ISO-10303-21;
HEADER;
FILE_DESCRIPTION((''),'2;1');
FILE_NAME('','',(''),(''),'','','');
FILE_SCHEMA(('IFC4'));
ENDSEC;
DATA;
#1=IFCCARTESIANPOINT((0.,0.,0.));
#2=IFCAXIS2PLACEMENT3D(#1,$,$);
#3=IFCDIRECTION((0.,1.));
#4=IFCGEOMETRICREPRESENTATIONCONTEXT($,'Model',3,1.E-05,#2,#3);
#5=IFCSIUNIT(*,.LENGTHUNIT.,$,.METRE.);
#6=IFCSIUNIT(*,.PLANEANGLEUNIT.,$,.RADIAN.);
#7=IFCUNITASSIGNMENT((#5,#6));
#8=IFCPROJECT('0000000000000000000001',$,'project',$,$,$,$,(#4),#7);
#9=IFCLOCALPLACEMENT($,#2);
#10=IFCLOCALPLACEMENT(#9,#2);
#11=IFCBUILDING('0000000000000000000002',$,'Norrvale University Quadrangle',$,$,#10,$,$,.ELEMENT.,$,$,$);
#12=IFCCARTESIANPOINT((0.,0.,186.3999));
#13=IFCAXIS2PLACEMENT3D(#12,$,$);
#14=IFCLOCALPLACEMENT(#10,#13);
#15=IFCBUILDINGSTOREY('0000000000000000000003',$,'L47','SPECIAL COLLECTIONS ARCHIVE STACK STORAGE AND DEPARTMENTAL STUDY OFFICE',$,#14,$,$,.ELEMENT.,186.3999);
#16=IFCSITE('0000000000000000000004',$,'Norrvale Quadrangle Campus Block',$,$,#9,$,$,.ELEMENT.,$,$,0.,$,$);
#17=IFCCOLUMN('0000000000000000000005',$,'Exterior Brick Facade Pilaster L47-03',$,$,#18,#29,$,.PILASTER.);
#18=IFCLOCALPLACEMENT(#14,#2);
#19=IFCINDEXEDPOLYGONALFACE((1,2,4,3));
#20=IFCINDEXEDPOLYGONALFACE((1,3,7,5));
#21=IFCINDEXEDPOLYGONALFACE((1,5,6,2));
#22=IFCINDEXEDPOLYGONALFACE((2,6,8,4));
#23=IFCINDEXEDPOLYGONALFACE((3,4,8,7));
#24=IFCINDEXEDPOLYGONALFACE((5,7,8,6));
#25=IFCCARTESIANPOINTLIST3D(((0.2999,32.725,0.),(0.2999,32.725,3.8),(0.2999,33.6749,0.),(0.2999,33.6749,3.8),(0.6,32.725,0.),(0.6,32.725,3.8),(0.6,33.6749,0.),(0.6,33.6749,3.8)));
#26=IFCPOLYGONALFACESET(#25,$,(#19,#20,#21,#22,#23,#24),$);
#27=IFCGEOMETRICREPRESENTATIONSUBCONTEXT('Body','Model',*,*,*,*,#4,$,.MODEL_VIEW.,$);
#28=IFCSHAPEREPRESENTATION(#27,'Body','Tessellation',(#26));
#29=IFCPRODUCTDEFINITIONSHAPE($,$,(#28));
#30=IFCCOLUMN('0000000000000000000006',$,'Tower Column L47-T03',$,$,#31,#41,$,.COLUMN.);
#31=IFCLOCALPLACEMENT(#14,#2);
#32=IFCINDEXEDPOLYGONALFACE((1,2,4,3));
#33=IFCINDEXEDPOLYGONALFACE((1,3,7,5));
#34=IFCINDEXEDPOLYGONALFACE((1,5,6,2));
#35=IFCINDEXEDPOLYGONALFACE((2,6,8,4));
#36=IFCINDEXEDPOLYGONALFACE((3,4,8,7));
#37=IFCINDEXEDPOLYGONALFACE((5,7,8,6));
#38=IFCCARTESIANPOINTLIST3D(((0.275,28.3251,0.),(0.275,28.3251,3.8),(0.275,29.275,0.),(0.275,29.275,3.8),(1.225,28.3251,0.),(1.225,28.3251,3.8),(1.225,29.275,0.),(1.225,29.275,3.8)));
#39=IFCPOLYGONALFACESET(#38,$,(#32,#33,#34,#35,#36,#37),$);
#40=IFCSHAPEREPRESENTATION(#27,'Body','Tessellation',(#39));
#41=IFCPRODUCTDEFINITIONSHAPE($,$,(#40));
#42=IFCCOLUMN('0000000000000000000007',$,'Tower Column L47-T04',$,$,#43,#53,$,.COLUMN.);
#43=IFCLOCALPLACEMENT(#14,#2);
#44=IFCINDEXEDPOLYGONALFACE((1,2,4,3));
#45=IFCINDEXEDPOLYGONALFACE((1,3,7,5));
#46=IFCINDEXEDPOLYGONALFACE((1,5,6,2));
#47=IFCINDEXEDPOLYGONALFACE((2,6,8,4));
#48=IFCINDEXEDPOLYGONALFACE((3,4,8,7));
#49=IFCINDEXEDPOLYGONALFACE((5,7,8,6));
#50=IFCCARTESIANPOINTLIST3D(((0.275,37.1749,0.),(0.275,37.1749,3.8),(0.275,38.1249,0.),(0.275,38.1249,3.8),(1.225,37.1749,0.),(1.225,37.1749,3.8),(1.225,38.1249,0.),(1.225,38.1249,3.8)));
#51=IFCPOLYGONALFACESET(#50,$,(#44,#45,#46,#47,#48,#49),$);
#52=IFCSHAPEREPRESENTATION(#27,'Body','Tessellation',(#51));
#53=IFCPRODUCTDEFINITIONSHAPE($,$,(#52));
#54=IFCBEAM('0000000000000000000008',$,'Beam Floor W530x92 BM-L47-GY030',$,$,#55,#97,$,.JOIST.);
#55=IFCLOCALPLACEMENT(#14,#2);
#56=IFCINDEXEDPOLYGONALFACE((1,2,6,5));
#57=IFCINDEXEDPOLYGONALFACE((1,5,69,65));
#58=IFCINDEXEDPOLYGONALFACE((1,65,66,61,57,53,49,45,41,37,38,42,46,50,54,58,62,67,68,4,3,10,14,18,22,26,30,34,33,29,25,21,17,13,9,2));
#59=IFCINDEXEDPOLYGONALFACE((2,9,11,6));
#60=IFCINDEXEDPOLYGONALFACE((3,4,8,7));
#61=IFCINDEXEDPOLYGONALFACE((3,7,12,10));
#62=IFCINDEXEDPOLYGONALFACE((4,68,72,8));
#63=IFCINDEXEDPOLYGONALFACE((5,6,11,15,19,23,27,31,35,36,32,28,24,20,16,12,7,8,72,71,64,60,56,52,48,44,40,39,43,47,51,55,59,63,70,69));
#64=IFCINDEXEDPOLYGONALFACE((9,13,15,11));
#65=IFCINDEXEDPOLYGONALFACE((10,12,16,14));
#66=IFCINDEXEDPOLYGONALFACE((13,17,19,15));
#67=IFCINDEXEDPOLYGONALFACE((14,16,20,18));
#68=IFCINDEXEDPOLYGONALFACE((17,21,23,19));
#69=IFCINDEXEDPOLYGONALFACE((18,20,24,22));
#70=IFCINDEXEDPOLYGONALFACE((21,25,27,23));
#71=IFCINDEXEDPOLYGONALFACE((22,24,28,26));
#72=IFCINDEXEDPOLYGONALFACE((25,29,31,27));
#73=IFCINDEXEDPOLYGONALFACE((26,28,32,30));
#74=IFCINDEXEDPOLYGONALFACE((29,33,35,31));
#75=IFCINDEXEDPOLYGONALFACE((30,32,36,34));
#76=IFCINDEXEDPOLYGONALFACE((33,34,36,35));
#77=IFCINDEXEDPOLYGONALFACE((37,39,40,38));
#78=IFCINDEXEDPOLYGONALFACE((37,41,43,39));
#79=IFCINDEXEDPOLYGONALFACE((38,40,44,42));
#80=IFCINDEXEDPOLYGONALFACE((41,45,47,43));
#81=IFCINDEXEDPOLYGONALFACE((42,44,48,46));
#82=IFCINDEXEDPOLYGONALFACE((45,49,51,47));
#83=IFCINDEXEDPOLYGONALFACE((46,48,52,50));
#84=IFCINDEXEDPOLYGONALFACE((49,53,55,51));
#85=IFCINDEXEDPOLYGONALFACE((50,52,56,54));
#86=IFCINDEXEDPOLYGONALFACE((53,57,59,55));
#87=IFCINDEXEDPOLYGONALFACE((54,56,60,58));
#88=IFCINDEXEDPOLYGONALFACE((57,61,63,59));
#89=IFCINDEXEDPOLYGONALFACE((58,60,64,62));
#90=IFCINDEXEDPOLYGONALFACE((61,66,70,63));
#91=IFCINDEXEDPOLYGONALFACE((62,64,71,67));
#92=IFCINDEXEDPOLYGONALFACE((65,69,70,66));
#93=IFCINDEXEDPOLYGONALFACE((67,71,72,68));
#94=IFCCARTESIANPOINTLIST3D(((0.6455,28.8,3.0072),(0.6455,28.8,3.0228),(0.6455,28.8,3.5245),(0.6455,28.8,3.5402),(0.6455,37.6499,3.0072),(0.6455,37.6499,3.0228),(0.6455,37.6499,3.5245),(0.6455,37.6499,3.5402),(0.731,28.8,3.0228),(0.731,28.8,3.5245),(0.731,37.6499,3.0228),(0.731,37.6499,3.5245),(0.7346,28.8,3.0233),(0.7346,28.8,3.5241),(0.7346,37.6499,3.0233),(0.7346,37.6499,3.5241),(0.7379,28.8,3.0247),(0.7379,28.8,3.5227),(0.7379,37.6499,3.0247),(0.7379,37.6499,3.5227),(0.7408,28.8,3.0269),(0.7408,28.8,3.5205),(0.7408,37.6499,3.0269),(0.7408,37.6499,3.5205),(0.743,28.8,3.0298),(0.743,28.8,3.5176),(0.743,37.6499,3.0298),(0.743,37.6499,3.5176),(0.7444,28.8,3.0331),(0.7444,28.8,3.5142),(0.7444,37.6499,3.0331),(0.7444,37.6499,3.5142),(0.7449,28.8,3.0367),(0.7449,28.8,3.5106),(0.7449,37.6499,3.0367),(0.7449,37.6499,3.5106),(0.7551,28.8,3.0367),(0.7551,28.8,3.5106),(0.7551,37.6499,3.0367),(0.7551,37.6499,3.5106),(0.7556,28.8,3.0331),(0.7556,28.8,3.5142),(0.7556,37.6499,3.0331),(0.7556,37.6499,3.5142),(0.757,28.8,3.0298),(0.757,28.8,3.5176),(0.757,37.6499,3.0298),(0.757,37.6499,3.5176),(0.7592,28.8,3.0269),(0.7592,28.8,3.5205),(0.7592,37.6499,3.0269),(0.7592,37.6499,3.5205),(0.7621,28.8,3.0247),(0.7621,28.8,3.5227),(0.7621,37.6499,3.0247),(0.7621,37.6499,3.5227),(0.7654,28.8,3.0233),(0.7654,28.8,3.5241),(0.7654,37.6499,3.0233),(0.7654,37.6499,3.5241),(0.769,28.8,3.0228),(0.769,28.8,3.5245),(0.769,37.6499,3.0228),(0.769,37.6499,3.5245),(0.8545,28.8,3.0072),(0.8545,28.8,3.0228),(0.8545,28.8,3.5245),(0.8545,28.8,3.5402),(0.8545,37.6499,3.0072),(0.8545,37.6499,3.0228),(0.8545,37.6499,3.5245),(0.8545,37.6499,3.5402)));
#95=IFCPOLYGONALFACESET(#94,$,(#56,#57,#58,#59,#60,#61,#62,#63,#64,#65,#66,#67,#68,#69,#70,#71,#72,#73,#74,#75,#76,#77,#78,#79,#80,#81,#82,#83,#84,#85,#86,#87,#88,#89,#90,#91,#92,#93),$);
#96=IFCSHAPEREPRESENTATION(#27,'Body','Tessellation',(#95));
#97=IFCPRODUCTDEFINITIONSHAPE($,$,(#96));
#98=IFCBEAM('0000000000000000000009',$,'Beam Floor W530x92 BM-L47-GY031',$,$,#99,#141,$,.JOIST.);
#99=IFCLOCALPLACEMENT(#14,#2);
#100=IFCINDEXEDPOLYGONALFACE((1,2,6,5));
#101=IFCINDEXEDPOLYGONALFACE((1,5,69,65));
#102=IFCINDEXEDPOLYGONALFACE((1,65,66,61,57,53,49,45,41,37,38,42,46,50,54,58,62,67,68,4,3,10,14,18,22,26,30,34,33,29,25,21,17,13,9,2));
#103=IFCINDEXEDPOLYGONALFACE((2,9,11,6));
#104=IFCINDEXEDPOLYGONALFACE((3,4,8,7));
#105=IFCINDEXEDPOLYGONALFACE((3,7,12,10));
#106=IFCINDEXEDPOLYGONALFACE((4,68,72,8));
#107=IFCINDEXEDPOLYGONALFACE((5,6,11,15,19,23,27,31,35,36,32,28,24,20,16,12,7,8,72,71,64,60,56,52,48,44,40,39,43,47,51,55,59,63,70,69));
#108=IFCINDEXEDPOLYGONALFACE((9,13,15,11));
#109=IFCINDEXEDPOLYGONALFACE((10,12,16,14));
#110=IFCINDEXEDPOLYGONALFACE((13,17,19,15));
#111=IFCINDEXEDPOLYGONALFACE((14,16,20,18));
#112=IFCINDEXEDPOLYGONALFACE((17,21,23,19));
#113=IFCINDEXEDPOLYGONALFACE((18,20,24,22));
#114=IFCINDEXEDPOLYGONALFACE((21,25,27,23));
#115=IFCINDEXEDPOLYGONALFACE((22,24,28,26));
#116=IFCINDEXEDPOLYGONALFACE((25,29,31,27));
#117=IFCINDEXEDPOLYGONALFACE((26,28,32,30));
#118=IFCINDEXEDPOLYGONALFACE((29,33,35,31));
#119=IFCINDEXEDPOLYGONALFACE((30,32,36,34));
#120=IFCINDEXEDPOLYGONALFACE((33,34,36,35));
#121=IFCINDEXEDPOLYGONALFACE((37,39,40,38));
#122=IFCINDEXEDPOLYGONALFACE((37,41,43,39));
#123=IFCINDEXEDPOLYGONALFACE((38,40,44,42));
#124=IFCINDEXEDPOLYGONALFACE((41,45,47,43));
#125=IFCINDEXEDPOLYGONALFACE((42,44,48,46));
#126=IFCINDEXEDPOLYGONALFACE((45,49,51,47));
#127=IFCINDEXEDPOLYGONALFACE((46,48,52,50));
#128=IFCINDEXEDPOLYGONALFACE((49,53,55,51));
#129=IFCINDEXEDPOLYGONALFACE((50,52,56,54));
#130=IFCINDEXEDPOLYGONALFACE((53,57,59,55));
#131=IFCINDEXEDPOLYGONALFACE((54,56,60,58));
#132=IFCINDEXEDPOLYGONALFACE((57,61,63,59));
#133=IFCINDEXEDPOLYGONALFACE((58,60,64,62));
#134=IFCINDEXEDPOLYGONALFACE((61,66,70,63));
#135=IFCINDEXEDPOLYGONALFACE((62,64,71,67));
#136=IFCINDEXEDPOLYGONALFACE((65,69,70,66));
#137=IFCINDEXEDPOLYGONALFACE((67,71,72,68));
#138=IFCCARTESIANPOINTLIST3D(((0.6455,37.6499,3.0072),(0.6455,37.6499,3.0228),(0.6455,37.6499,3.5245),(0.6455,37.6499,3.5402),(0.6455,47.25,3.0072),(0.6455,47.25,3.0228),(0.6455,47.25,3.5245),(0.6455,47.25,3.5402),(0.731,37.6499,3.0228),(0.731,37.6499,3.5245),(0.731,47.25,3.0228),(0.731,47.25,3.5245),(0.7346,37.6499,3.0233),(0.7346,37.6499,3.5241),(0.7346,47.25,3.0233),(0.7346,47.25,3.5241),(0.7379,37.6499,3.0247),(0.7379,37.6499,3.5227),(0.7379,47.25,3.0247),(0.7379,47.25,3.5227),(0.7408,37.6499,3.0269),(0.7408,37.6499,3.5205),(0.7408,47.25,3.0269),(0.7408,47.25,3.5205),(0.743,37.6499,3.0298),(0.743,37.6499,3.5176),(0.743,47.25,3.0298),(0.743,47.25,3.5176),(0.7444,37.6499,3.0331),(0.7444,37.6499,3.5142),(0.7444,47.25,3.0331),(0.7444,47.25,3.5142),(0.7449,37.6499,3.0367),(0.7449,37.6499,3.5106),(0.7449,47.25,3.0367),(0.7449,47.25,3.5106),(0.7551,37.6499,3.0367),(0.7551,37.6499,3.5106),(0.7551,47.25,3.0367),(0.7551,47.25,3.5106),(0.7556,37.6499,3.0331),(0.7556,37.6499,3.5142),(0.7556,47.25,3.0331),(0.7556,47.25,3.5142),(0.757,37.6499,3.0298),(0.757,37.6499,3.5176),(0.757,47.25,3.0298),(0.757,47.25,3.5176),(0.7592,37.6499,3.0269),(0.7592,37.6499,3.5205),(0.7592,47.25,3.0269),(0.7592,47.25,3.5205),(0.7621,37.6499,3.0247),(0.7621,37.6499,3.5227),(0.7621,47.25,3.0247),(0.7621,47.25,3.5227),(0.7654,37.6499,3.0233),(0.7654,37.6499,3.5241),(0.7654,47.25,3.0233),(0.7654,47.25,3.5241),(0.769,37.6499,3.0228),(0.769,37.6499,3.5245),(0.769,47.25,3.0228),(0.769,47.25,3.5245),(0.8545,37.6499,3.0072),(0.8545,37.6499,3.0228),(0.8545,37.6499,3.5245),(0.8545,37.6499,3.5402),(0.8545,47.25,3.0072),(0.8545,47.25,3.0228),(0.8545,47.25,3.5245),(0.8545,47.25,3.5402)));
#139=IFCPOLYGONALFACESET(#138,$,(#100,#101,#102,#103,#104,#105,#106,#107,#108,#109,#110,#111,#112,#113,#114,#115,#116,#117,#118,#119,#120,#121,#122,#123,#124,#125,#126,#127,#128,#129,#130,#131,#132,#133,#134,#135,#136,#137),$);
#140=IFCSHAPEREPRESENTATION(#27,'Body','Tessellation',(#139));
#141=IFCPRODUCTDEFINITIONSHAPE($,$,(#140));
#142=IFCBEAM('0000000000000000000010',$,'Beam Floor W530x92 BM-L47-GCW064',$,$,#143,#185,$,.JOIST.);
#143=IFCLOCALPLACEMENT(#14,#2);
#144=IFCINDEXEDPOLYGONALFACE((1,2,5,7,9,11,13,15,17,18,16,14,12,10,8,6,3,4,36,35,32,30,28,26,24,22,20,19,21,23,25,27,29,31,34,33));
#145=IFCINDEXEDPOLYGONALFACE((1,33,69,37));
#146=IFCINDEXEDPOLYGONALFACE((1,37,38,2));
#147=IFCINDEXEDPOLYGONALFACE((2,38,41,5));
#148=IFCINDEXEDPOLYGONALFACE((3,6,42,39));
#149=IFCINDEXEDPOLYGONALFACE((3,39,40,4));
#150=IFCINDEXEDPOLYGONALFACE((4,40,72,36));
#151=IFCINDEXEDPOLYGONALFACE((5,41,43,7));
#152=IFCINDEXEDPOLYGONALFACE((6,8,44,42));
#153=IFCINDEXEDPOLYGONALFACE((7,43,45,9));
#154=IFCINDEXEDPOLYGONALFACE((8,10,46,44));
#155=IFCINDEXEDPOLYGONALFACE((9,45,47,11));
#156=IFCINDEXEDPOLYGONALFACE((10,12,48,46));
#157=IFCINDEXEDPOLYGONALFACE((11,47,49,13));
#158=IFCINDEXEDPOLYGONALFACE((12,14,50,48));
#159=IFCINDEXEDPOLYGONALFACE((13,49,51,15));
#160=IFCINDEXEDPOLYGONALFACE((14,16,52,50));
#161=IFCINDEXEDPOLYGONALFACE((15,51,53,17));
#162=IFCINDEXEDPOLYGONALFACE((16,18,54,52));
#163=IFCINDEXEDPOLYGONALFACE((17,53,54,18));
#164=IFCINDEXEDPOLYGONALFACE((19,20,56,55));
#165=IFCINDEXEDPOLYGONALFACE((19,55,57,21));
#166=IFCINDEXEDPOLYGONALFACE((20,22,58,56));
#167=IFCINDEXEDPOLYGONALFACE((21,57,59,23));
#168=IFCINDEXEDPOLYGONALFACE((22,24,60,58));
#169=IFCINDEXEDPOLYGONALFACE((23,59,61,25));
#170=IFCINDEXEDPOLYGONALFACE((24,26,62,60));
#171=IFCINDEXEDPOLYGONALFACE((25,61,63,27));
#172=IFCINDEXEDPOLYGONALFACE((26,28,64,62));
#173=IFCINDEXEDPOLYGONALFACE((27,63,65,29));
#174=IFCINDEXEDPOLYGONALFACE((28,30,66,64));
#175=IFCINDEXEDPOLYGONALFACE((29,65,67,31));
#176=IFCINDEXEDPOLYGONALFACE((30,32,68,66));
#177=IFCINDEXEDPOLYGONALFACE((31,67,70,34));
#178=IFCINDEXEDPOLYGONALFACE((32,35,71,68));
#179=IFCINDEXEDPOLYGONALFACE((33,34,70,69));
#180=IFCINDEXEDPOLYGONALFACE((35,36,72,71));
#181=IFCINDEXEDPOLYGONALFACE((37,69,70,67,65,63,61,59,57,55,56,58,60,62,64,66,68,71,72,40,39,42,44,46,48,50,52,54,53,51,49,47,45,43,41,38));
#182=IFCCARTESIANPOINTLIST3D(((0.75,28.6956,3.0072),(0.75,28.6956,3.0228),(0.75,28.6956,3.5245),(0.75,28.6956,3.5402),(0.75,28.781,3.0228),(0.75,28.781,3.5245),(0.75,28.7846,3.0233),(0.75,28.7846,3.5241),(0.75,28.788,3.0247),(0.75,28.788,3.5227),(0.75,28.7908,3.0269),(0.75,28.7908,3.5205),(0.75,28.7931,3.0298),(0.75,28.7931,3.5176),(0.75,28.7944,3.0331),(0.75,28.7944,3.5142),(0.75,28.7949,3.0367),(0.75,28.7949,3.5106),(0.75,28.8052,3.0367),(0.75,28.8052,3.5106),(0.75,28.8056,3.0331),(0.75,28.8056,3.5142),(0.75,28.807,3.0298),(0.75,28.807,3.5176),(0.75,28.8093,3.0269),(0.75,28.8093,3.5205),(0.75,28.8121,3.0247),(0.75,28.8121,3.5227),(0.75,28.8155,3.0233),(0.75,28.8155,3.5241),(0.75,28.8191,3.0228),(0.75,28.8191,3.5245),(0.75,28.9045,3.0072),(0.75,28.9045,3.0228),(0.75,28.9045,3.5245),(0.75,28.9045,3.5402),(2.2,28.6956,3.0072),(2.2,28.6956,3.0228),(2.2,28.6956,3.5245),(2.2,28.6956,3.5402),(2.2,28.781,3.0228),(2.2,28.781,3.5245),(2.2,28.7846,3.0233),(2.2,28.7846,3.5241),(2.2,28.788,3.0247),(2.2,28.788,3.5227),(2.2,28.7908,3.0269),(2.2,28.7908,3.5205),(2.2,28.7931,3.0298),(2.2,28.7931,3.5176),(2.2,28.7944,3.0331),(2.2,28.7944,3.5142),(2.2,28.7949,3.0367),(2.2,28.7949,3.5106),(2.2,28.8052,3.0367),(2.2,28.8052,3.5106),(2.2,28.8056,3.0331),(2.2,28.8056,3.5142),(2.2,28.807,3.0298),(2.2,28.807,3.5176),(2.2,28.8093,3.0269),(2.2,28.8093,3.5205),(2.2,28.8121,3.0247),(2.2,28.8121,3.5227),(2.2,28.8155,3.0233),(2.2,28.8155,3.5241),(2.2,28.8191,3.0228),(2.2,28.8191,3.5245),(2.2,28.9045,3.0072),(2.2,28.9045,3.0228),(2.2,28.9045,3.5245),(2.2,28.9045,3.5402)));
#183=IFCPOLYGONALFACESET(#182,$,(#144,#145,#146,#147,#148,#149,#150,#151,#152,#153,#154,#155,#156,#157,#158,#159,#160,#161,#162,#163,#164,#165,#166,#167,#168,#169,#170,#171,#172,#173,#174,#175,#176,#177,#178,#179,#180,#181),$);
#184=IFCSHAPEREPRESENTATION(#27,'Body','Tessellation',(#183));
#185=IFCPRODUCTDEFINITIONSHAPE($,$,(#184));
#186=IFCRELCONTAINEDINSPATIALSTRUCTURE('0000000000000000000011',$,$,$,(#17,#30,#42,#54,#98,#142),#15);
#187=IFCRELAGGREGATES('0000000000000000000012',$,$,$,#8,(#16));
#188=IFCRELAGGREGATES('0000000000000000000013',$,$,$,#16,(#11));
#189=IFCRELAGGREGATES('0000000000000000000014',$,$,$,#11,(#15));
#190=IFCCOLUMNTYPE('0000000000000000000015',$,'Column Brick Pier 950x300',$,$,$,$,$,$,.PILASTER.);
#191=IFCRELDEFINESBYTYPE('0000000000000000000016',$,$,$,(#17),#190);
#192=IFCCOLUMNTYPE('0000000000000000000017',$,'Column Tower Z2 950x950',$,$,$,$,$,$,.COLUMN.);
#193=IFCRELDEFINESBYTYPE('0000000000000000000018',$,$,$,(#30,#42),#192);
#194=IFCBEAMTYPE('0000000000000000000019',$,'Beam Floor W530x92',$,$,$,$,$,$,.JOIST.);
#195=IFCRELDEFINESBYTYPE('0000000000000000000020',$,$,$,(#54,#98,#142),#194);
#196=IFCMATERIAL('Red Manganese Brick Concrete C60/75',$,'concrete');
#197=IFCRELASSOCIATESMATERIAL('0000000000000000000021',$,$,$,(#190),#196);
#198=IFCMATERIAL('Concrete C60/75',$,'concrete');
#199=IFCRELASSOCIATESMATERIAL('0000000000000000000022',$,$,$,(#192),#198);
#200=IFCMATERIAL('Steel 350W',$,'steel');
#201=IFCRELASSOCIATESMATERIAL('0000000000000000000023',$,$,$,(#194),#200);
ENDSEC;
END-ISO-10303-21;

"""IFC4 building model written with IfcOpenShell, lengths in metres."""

from ifc_helpers import new_model, si_unit, direction, frame, origin, origin_2d, place, context, subcontext, project, spatial, rectangle, i_section, extrude, material, material_profile, profile_set, type_object, element, save


model = new_model("IFC4")

# Units and contexts
model_context = context("Model", 3, precision=1e-05, world=origin(), true_north=direction((0.0, 1.0)))
body_context = subcontext(model_context, "Body", "Model", "MODEL_VIEW")
ifc_project = project(units=[si_unit("LENGTHUNIT", "METRE"), si_unit("PLANEANGLEUNIT", "RADIAN")], contexts=[model_context])

# Site, building, storey
site_placement = place(None, origin())
site = spatial("IfcSite", under=ifc_project, at=site_placement, Name="Norrvale Quadrangle Campus Block", CompositionType="ELEMENT", RefElevation=0.0)
building_placement = place(site_placement, origin())
building = spatial("IfcBuilding", under=site, at=building_placement, Name="Norrvale University Quadrangle", CompositionType="ELEMENT")
storey_placement = place(building_placement, frame((0.0, 0.0, 186.3999)))
storey = spatial("IfcBuildingStorey", under=building, at=storey_placement, Name="L47", Description="SPECIAL COLLECTIONS ARCHIVE STACK STORAGE AND DEPARTMENTAL STUDY OFFICE", CompositionType="ELEMENT", Elevation=186.3999)

# Columns
ifc_material_1 = material(Name="Red Manganese Brick Concrete C60/75", Category="concrete")
ifc_material_profile_1 = material_profile(ifc_material_1, rectangle(XDim=0.95, YDim=0.3, at=origin_2d()), Name="Red Manganese Brick Concrete C60/75")
ifc_profile_set_1 = profile_set([ifc_material_profile_1], Name="Red Manganese Brick Concrete C60/75")
column_type_1 = type_object("IfcColumnType", Name="Column Brick Pier 950x300", PredefinedType="PILASTER", material=ifc_profile_set_1)
column_placement = place(storey_placement, frame((0.45, 33.2, 0.0), z_axis=(0.0, 0.0, 1.0), x_axis=(0.0, 1.0, 0.0)))
element("IfcColumn", 1, at=column_placement, inside=storey, type_object=column_type_1, Name="Exterior Brick Facade Pilaster L47-03", PredefinedType="PILASTER", context=body_context, shape_type="SweptSolid", body=[
    extrude(rectangle(XDim=0.95, YDim=0.3, at=origin_2d()), origin(), (0.0, 0.0, 1.0), 3.8),
])
ifc_material_2 = material(Name="Concrete C60/75", Category="concrete")
ifc_material_profile_2 = material_profile(ifc_material_2, rectangle(XDim=0.95, YDim=0.95, at=origin_2d()), Name="Concrete C60/75")
ifc_profile_set_2 = profile_set([ifc_material_profile_2], Name="Concrete C60/75")
column_type_2 = type_object("IfcColumnType", Name="Column Tower Z2 950x950", PredefinedType="COLUMN", material=ifc_profile_set_2)
for number, where, z_axis, x_axis, name in (
    (2, (0.75, 28.8, 0.0), (0.0, 0.0, 1.0), (1.0, 0.0, 0.0), "Tower Column L47-T03"),
    (3, (0.75, 37.6499, 0.0), (0.0, 0.0, 1.0), (1.0, 0.0, 0.0), "Tower Column L47-T04"),
):
    element("IfcColumn", number, at=place(storey_placement, frame(where, z_axis=z_axis, x_axis=x_axis)), inside=storey, type_object=column_type_2, Name=name, PredefinedType="COLUMN", context=body_context, shape_type="SweptSolid", body=[
        extrude(rectangle(XDim=0.95, YDim=0.95, at=origin_2d()), origin(), (0.0, 0.0, 1.0), 3.8),
    ])

# Beams
ifc_material_3 = material(Name="Steel 350W", Category="steel")
ifc_material_profile_3 = material_profile(ifc_material_3, i_section(OverallWidth=0.209, OverallDepth=0.533, WebThickness=0.0103, FlangeThickness=0.0156, FilletRadius=0.0139, at=origin_2d()), Name="Steel 350W")
ifc_profile_set_3 = profile_set([ifc_material_profile_3], Name="Steel 350W")
beam_type = type_object("IfcBeamType", Name="Beam Floor W530x92", PredefinedType="JOIST", material=ifc_profile_set_3)
beam_1_placement = place(storey_placement, frame((0.75, 28.8, 3.2737), z_axis=(0.0, 1.0, 0.0), x_axis=(-1.0, 0.0, 0.0)))
element("IfcBeam", 4, at=beam_1_placement, inside=storey, type_object=beam_type, Name="Beam Floor W530x92 BM-L47-GY030", PredefinedType="JOIST", context=body_context, shape_type="SweptSolid", body=[
    extrude(i_section(OverallWidth=0.209, OverallDepth=0.533, WebThickness=0.0103, FlangeThickness=0.0156, FilletRadius=0.0139, at=origin_2d()), origin(), (0.0, 0.0, 1.0), 8.8499),
])
beam_2_placement = place(storey_placement, frame((0.75, 37.6499, 3.2737), z_axis=(0.0, 1.0, 0.0), x_axis=(-1.0, 0.0, 0.0)))
element("IfcBeam", 5, at=beam_2_placement, inside=storey, type_object=beam_type, Name="Beam Floor W530x92 BM-L47-GY031", PredefinedType="JOIST", context=body_context, shape_type="SweptSolid", body=[
    extrude(i_section(OverallWidth=0.209, OverallDepth=0.533, WebThickness=0.0103, FlangeThickness=0.0156, FilletRadius=0.0139, at=origin_2d()), origin(), (0.0, 0.0, 1.0), 9.6001),
])
for number, where, z_axis, x_axis, name in (
    (6, (0.75, 28.8, 3.2737), (1.0, 0.0, 0.0), (0.0, 1.0, 0.0), "Beam Floor W530x92 BM-L47-GCW064"),
):
    element("IfcBeam", number, at=place(storey_placement, frame(where, z_axis=z_axis, x_axis=x_axis)), inside=storey, type_object=beam_type, Name=name, PredefinedType="JOIST", context=body_context, shape_type="SweptSolid", body=[
        extrude(i_section(OverallWidth=0.209, OverallDepth=0.533, WebThickness=0.0103, FlangeThickness=0.0156, FilletRadius=0.0139, at=origin_2d()), origin(), (0.0, 0.0, 1.0), 1.45),
    ])

save(model, "model.ifc")
